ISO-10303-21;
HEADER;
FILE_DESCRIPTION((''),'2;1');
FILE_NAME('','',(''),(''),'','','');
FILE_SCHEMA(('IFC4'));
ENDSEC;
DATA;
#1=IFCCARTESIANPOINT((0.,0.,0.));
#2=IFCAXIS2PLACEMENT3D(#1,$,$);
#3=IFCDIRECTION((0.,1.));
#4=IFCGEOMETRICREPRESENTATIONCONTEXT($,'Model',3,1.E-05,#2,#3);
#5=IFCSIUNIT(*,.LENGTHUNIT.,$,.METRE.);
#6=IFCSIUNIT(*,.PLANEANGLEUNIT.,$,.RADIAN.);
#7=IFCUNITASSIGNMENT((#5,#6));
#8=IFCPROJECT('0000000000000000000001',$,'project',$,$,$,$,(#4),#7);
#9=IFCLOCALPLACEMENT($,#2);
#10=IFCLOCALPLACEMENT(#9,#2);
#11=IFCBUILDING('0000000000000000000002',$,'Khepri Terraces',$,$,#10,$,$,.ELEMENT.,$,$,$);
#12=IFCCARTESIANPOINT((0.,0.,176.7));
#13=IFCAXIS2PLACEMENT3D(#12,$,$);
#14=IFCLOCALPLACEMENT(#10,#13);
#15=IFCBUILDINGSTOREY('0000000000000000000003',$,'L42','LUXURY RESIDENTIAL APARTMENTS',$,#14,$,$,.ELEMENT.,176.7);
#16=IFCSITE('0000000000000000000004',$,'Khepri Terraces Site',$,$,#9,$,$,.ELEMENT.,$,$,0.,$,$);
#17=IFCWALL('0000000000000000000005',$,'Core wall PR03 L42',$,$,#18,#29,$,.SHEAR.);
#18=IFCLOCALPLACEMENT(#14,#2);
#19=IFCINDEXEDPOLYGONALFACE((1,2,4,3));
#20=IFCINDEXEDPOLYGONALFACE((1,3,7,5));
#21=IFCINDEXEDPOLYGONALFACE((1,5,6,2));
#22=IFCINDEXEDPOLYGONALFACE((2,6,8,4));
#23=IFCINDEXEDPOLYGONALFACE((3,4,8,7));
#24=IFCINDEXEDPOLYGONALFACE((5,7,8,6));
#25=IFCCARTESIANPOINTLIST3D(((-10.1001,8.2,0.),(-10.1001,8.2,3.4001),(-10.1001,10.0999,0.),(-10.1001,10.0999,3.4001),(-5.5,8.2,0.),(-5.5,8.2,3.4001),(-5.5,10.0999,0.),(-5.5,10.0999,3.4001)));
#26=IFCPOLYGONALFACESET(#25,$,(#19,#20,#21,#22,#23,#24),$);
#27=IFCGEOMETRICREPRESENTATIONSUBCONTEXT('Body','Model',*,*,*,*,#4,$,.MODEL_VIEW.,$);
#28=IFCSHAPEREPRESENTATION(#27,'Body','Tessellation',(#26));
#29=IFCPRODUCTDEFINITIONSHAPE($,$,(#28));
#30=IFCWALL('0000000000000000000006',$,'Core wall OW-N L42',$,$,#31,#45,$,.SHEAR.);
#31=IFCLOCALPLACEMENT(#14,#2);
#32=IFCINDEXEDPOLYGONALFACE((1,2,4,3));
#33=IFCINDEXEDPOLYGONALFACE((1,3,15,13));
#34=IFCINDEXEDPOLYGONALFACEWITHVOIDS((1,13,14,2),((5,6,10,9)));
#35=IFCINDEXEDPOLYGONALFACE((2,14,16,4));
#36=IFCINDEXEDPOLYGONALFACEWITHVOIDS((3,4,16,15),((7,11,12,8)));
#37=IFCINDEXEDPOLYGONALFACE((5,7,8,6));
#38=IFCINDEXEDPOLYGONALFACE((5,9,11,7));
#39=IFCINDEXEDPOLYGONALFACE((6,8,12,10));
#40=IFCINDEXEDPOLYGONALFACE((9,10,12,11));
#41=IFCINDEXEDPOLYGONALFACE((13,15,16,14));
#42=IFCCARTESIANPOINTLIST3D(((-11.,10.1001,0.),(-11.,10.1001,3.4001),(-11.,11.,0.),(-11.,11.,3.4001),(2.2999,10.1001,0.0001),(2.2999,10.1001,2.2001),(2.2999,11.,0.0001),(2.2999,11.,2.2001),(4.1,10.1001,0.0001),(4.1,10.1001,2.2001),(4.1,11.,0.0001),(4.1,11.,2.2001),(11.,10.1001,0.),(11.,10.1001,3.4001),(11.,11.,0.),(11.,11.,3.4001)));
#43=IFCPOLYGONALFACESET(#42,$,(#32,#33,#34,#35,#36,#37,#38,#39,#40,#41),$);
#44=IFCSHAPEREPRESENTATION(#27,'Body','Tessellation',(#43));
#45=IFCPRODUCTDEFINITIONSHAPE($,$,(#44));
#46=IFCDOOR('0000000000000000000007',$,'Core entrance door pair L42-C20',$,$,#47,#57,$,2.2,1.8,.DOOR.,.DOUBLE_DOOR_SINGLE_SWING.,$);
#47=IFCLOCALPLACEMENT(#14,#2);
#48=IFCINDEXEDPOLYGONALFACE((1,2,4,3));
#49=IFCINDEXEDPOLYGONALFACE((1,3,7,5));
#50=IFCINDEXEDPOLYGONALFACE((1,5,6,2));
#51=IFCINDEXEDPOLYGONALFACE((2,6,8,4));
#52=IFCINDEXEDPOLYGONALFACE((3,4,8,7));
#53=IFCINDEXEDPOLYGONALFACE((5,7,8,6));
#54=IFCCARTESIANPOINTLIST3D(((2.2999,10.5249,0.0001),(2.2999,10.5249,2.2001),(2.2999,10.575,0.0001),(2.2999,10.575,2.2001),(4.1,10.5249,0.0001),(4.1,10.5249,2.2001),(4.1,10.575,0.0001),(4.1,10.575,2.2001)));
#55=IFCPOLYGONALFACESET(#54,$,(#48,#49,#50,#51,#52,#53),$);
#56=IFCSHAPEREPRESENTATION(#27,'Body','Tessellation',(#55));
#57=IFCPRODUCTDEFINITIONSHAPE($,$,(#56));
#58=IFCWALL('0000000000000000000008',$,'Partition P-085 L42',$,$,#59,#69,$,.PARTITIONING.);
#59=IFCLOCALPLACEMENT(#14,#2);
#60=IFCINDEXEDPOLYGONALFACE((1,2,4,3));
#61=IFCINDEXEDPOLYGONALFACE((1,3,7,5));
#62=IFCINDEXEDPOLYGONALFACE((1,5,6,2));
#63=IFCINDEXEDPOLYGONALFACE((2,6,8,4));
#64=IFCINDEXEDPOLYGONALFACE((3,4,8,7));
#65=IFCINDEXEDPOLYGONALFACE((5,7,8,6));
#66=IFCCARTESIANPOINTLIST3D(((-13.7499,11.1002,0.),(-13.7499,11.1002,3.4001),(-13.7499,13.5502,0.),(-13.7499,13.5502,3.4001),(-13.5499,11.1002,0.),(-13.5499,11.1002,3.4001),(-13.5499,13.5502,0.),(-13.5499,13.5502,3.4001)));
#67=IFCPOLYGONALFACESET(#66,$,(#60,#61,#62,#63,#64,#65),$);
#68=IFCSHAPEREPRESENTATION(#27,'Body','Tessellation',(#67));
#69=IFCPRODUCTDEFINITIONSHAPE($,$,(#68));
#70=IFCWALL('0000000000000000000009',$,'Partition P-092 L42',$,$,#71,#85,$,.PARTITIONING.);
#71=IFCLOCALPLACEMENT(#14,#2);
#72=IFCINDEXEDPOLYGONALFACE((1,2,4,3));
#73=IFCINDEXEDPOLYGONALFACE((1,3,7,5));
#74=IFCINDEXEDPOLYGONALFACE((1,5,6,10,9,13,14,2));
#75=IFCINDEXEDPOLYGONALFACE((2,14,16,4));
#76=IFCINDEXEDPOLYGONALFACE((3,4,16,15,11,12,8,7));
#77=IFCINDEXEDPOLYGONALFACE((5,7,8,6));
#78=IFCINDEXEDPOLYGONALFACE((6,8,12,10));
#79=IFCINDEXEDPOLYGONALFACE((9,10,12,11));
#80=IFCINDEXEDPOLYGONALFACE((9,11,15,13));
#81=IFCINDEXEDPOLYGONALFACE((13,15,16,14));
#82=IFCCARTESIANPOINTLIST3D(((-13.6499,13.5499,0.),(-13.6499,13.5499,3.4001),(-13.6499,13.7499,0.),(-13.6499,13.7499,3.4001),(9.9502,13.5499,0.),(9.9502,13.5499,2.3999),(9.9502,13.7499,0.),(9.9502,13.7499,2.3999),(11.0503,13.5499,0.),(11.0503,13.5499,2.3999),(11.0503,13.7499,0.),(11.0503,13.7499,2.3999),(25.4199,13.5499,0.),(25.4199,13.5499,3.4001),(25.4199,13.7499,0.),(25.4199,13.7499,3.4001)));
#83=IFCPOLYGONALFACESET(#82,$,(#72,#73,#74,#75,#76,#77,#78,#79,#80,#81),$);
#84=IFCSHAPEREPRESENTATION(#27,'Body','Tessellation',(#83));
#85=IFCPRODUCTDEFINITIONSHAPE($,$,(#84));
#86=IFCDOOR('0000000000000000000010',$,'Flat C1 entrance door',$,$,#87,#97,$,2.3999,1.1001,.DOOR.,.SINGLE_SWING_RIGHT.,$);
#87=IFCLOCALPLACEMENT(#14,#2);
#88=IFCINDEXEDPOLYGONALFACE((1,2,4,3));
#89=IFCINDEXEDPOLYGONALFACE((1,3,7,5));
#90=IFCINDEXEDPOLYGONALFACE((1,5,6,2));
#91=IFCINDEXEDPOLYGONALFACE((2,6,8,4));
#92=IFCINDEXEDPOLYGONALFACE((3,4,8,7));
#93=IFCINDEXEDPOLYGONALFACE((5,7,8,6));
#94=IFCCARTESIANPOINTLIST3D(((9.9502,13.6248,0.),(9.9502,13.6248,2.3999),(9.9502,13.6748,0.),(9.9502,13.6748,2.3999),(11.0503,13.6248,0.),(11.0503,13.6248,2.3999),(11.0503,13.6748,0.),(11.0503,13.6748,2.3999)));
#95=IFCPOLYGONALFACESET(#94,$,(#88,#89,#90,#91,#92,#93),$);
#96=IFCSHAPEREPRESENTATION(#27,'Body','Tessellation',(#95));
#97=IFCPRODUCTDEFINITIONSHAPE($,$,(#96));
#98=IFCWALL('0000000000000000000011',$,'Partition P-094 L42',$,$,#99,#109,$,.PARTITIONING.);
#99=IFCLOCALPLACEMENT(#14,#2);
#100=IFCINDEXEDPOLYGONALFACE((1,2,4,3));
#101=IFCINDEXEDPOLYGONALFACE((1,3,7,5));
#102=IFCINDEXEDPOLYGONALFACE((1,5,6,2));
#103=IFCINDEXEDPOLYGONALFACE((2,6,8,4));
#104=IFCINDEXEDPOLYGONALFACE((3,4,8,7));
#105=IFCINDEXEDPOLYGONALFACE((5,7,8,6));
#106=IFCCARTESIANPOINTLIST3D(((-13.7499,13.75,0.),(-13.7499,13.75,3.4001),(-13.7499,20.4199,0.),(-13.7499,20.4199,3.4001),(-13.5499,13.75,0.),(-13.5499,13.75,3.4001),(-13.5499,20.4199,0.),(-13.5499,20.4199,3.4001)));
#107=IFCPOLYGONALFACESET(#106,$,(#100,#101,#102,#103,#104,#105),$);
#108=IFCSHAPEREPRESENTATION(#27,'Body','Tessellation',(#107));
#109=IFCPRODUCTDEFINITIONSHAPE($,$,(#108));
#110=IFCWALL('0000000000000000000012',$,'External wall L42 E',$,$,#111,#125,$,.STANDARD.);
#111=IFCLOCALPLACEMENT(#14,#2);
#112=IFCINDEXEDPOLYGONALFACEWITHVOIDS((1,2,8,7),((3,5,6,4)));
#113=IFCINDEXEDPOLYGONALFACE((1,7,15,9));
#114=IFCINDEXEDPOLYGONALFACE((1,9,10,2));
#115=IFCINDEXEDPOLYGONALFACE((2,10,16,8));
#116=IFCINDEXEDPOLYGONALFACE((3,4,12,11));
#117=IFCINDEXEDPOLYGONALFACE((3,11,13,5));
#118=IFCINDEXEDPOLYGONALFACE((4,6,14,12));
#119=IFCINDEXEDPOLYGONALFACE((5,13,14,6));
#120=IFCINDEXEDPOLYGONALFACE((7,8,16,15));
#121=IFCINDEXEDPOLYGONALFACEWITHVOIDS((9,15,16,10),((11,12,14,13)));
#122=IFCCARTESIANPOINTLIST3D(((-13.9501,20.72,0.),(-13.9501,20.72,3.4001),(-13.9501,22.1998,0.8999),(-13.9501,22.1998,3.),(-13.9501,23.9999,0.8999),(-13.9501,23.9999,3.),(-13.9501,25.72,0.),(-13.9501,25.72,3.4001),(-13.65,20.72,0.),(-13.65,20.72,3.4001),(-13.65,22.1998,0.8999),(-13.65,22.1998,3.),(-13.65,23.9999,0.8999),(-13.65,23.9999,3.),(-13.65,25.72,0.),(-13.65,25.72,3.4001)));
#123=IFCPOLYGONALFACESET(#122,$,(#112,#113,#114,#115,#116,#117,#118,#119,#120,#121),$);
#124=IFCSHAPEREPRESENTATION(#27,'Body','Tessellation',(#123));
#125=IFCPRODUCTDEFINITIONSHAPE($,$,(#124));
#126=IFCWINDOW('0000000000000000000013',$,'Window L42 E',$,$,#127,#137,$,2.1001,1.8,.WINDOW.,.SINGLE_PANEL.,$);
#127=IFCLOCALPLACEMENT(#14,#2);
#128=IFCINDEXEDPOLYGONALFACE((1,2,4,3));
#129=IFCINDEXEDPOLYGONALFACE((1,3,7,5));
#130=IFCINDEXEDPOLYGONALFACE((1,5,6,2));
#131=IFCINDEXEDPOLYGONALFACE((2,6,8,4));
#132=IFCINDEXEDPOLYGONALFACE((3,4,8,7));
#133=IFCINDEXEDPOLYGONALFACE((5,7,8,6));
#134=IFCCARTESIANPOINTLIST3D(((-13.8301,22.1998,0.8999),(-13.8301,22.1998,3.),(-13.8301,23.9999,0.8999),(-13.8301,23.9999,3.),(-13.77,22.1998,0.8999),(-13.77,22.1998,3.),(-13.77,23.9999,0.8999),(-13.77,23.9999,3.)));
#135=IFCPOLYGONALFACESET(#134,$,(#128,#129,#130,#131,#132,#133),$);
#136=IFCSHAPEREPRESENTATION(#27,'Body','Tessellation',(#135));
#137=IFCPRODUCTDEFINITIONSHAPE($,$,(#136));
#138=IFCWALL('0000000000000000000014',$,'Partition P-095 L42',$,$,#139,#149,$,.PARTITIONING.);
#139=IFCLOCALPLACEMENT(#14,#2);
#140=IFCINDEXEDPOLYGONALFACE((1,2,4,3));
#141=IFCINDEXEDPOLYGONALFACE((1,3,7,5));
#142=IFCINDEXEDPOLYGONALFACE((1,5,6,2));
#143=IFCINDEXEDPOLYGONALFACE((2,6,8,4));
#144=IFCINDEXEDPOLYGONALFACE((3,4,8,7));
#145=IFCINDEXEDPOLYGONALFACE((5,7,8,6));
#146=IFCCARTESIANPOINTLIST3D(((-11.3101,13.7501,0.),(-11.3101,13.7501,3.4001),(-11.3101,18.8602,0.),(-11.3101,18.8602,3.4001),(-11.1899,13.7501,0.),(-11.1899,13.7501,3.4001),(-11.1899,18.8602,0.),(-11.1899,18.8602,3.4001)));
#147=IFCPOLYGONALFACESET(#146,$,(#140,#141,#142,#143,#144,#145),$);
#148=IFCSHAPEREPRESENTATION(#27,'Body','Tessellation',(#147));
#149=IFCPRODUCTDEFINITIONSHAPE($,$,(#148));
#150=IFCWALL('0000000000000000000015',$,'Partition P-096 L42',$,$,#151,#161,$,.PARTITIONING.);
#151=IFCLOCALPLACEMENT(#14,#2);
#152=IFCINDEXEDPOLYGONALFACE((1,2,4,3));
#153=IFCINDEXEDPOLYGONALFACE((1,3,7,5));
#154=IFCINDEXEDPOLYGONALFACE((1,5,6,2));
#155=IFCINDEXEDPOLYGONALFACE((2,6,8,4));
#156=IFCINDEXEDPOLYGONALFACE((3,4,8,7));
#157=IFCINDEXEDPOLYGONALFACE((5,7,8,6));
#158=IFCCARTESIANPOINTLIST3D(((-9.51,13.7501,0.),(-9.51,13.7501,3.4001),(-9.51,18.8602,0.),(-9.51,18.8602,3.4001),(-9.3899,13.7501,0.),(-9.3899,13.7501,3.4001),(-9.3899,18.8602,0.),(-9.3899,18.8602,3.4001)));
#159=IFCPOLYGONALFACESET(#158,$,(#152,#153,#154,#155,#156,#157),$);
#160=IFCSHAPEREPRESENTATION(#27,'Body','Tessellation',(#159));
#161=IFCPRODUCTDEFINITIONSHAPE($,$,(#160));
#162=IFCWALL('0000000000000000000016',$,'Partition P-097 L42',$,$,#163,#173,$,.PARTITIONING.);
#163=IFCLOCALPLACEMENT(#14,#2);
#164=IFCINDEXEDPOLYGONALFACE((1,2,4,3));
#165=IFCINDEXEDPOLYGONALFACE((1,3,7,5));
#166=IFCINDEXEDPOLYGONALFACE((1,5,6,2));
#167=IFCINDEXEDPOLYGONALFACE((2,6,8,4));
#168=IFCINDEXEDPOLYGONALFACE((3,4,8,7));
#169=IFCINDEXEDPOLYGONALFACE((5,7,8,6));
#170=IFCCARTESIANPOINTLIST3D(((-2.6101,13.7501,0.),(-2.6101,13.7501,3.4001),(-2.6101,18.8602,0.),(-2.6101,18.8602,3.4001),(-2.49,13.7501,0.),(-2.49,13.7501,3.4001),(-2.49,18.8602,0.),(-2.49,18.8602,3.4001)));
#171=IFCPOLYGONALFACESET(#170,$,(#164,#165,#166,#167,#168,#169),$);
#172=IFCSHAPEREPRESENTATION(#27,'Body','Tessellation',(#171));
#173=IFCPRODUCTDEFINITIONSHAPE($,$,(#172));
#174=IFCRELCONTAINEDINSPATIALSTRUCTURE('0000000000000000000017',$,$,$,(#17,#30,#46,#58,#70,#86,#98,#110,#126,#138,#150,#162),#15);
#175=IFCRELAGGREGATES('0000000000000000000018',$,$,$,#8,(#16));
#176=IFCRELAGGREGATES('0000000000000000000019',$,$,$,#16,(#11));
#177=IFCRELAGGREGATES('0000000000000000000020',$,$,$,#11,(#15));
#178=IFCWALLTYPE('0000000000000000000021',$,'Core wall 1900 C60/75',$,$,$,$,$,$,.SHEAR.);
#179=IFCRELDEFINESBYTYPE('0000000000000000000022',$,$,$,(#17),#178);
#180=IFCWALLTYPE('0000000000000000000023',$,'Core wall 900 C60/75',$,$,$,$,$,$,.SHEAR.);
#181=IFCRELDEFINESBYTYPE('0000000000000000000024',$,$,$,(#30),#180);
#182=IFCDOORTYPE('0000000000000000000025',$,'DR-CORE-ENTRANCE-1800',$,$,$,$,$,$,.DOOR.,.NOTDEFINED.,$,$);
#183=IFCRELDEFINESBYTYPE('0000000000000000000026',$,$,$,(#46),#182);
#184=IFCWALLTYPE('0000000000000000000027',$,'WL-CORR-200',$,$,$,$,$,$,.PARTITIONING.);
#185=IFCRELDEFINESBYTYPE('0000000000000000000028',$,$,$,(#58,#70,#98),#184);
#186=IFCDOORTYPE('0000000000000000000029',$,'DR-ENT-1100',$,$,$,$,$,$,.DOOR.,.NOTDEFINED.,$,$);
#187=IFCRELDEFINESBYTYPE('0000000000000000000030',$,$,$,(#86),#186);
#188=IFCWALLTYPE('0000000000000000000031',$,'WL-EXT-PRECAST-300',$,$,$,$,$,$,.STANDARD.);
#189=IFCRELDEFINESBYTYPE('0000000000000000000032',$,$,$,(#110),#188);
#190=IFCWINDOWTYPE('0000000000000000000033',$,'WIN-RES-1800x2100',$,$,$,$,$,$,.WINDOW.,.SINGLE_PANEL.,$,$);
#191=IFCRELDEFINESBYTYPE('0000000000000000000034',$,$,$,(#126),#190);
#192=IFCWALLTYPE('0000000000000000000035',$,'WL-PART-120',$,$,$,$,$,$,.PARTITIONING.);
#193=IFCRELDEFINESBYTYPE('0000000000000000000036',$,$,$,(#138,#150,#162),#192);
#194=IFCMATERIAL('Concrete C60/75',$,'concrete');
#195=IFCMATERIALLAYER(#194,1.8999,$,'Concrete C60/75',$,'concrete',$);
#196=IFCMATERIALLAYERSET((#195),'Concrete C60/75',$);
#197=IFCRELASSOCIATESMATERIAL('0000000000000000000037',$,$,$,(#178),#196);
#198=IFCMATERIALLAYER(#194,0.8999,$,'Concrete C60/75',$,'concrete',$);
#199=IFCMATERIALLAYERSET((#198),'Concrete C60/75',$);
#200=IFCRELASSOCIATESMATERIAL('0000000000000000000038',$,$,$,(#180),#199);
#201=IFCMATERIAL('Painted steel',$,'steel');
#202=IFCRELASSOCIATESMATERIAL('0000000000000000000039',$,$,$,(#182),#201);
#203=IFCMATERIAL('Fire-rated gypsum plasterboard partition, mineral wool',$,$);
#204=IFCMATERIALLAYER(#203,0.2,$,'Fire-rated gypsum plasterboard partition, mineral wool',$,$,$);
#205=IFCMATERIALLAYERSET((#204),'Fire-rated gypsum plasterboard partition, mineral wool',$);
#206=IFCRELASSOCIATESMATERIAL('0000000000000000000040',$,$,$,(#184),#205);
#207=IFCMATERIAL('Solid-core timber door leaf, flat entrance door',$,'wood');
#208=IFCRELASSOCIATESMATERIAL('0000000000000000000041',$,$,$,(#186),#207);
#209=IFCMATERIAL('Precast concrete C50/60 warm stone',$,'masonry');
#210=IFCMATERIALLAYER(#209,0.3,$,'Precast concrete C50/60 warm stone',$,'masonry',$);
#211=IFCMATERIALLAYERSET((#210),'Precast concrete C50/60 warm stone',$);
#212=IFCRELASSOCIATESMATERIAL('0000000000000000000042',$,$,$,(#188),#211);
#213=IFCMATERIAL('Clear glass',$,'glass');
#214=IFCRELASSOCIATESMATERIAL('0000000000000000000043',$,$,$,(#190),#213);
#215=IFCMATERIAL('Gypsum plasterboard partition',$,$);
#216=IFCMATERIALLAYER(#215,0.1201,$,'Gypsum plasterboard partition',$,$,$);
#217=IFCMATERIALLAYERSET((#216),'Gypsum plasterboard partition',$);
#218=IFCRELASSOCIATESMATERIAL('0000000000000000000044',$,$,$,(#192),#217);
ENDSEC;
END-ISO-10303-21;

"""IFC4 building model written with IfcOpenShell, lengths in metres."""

from ifc_helpers import new_model, si_unit, direction, frame, frame_2d, origin, place, context, subcontext, project, spatial, rectangle, extrude, material, layer, layer_set, type_object, element, fill, save


model = new_model("IFC4")

# Units and contexts
model_context = context("Model", 3, precision=1e-05, world=origin(), true_north=direction((0.0, 1.0)))
body_context = subcontext(model_context, "Body", "Model", "MODEL_VIEW")
ifc_project = project(units=[si_unit("LENGTHUNIT", "METRE"), si_unit("PLANEANGLEUNIT", "RADIAN")], contexts=[model_context])

# Site, building, storey
site_placement = place(None, origin())
site = spatial("IfcSite", under=ifc_project, at=site_placement, Name="Khepri Terraces Site", CompositionType="ELEMENT", RefElevation=0.0)
building_placement = place(site_placement, origin())
building = spatial("IfcBuilding", under=site, at=building_placement, Name="Khepri Terraces", CompositionType="ELEMENT")
storey_placement = place(building_placement, frame((0.0, 0.0, 176.7)))
storey = spatial("IfcBuildingStorey", under=building, at=storey_placement, Name="L42", Description="LUXURY RESIDENTIAL APARTMENTS", CompositionType="ELEMENT", Elevation=176.7)

# Wall
ifc_material_1 = material(Name="Concrete C60/75", Category="concrete")
ifc_layer_1 = layer(ifc_material_1, 1.8999, Name="Concrete C60/75", Category="concrete")
ifc_layer_set_1 = layer_set([ifc_layer_1], Name="Concrete C60/75")
wall_type_1 = type_object("IfcWallType", Name="Core wall 1900 C60/75", PredefinedType="SHEAR", material=ifc_layer_set_1)
wall_1_placement = place(storey_placement, frame((-10.1001, 9.1499, 0.0), z_axis=(0.0, 0.0, 1.0), x_axis=(1.0, 0.0, 0.0)))
element("IfcWall", 1, at=wall_1_placement, inside=storey, type_object=wall_type_1, Name="Core wall PR03 L42", PredefinedType="SHEAR", context=body_context, shape_type="SweptSolid", body=[
    extrude(rectangle(XDim=4.6001, YDim=1.8999, at=frame_2d((2.3, 0.0))), origin(), (0.0, 0.0, 1.0), 3.4001),
])

# Wall, opening, door
ifc_layer_2 = layer(ifc_material_1, 0.8999, Name="Concrete C60/75", Category="concrete")
ifc_layer_set_2 = layer_set([ifc_layer_2], Name="Concrete C60/75")
wall_type_2 = type_object("IfcWallType", Name="Core wall 900 C60/75", PredefinedType="SHEAR", material=ifc_layer_set_2)
wall_2_placement = place(storey_placement, frame((-11.0, 10.55, 0.0), z_axis=(0.0, 0.0, 1.0), x_axis=(1.0, 0.0, 0.0)))
wall_2 = element("IfcWall", 2, at=wall_2_placement, inside=storey, type_object=wall_type_2, Name="Core wall OW-N L42", PredefinedType="SHEAR", context=body_context, shape_type="SweptSolid", body=[
    extrude(rectangle(XDim=22.0, YDim=0.8999, at=frame_2d((11.0, 0.0))), origin(), (0.0, 0.0, 1.0), 3.4001),
])
opening_1_placement = place(wall_2_placement, frame((13.3, 0.0, 0.0)))
opening_1 = element("IfcOpeningElement", 3, at=opening_1_placement, cuts=wall_2, PredefinedType="OPENING", context=body_context, shape_type="SweptSolid", body=[
    extrude(rectangle(XDim=1.8, YDim=2.2, at=frame_2d((0.8999, 1.1001))), frame((0.0, 0.46, 0.0), z_axis=(0.0, -1.0, 0.0), x_axis=(1.0, 0.0, 0.0)), (0.0, 0.0, 1.0), 0.9199),
])
ifc_material_2 = material(Name="Painted steel", Category="steel")
door_type_1 = type_object("IfcDoorType", Name="DR-CORE-ENTRANCE-1800", OperationType="NOTDEFINED", PredefinedType="DOOR", material=ifc_material_2)
door_1_placement = place(opening_1_placement, origin())
door_1 = element("IfcDoor", 4, at=door_1_placement, inside=storey, type_object=door_type_1, Name="Core entrance door pair L42-C20", OperationType="DOUBLE_DOOR_SINGLE_SWING", OverallHeight=2.2, OverallWidth=1.8, PredefinedType="DOOR", context=body_context, shape_type="SweptSolid", body=[
    extrude(rectangle(XDim=1.8, YDim=2.2, at=frame_2d((0.8999, 1.1001))), frame((0.0, 0.0249, 0.0), z_axis=(0.0, -1.0, 0.0), x_axis=(1.0, 0.0, 0.0)), (0.0, 0.0, 1.0), 0.05),
])
fill(opening_1, door_1)
ifc_material_3 = material(Name="Fire-rated gypsum plasterboard partition, mineral wool")
ifc_layer_3 = layer(ifc_material_3, 0.2, Name="Fire-rated gypsum plasterboard partition, mineral wool")
ifc_layer_set_3 = layer_set([ifc_layer_3], Name="Fire-rated gypsum plasterboard partition, mineral wool")
wall_type_3 = type_object("IfcWallType", Name="WL-CORR-200", PredefinedType="PARTITIONING", material=ifc_layer_set_3)
ifc_material_4 = material(Name="Solid-core timber door leaf, flat entrance door", Category="wood")
door_type_2 = type_object("IfcDoorType", Name="DR-ENT-1100", OperationType="NOTDEFINED", PredefinedType="DOOR", material=ifc_material_4)

# Wall
wall_3_placement = place(storey_placement, frame((-13.6499, 11.1001, 0.0), z_axis=(0.0, 0.0, 1.0), x_axis=(0.0, 1.0, 0.0)))
element("IfcWall", 5, at=wall_3_placement, inside=storey, type_object=wall_type_3, Name="Partition P-085 L42", PredefinedType="PARTITIONING", context=body_context, shape_type="SweptSolid", body=[
    extrude(rectangle(XDim=2.45, YDim=0.2, at=frame_2d((1.2251, 0.0))), origin(), (0.0, 0.0, 1.0), 3.4001),
])

# Wall, opening, door
wall_4_placement = place(storey_placement, frame((-13.6499, 13.6499, 0.0), z_axis=(0.0, 0.0, 1.0), x_axis=(1.0, 0.0, 0.0)))
wall_4 = element("IfcWall", 6, at=wall_4_placement, inside=storey, type_object=wall_type_3, Name="Partition P-092 L42", PredefinedType="PARTITIONING", context=body_context, shape_type="SweptSolid", body=[
    extrude(rectangle(XDim=39.0698, YDim=0.2, at=frame_2d((19.5349, 0.0))), origin(), (0.0, 0.0, 1.0), 3.4001),
])
opening_2_placement = place(wall_4_placement, frame((23.6001, 0.0, 0.0)))
opening_2 = element("IfcOpeningElement", 7, at=opening_2_placement, cuts=wall_4, PredefinedType="OPENING", context=body_context, shape_type="SweptSolid", body=[
    extrude(rectangle(XDim=1.1001, YDim=2.3999, at=frame_2d((0.55, 1.2))), frame((0.0, 0.1099, 0.0), z_axis=(0.0, -1.0, 0.0), x_axis=(1.0, 0.0, 0.0)), (0.0, 0.0, 1.0), 0.22),
])
door_2_placement = place(opening_2_placement, origin())
door_2 = element("IfcDoor", 8, at=door_2_placement, inside=storey, type_object=door_type_2, Name="Flat C1 entrance door", OperationType="SINGLE_SWING_RIGHT", OverallHeight=2.3999, OverallWidth=1.1001, PredefinedType="DOOR", context=body_context, shape_type="SweptSolid", body=[
    extrude(rectangle(XDim=1.1001, YDim=2.3999, at=frame_2d((0.55, 1.2))), frame((0.0, 0.0249, 0.0), z_axis=(0.0, -1.0, 0.0), x_axis=(1.0, 0.0, 0.0)), (0.0, 0.0, 1.0), 0.05),
])
fill(opening_2, door_2)

# Wall
wall_5_placement = place(storey_placement, frame((-13.6499, 13.75, 0.0), z_axis=(0.0, 0.0, 1.0), x_axis=(0.0, 1.0, 0.0)))
element("IfcWall", 9, at=wall_5_placement, inside=storey, type_object=wall_type_3, Name="Partition P-094 L42", PredefinedType="PARTITIONING", context=body_context, shape_type="SweptSolid", body=[
    extrude(rectangle(XDim=6.6699, YDim=0.2, at=frame_2d((3.335, 0.0))), origin(), (0.0, 0.0, 1.0), 3.4001),
])

# Wall, opening, window
ifc_material_5 = material(Name="Precast concrete C50/60 warm stone", Category="masonry")
ifc_layer_4 = layer(ifc_material_5, 0.3, Name="Precast concrete C50/60 warm stone", Category="masonry")
ifc_layer_set_4 = layer_set([ifc_layer_4], Name="Precast concrete C50/60 warm stone")
wall_type_4 = type_object("IfcWallType", Name="WL-EXT-PRECAST-300", PredefinedType="STANDARD", material=ifc_layer_set_4)
wall_6_placement = place(storey_placement, frame((-13.8, 20.72, 0.0), z_axis=(0.0, 0.0, 1.0), x_axis=(0.0, 1.0, 0.0)))
wall_6 = element("IfcWall", 10, at=wall_6_placement, inside=storey, type_object=wall_type_4, Name="External wall L42 E", PredefinedType="STANDARD", context=body_context, shape_type="SweptSolid", body=[
    extrude(rectangle(XDim=5.0, YDim=0.3, at=frame_2d((2.5, 0.0))), origin(), (0.0, 0.0, 1.0), 3.4001),
])
opening_3_placement = place(wall_6_placement, frame((1.48, 0.0, 0.8999)))
opening_3 = element("IfcOpeningElement", 11, at=opening_3_placement, cuts=wall_6, PredefinedType="OPENING", context=body_context, shape_type="SweptSolid", body=[
    extrude(rectangle(XDim=1.8, YDim=2.1001, at=frame_2d((0.8999, 1.05))), frame((0.0, 0.1602, 0.0), z_axis=(0.0, -1.0, 0.0), x_axis=(1.0, 0.0, 0.0)), (0.0, 0.0, 1.0), 0.3201),
])
ifc_material_6 = material(Name="Clear glass", Category="glass")
window_type = type_object("IfcWindowType", Name="WIN-RES-1800x2100", PartitioningType="SINGLE_PANEL", PredefinedType="WINDOW", material=ifc_material_6)
window_placement = place(opening_3_placement, origin())
window = element("IfcWindow", 12, at=window_placement, inside=storey, type_object=window_type, Name="Window L42 E", OverallHeight=2.1001, OverallWidth=1.8, PartitioningType="SINGLE_PANEL", PredefinedType="WINDOW", context=body_context, shape_type="SweptSolid", body=[
    extrude(rectangle(XDim=1.8, YDim=2.1001, at=frame_2d((0.8999, 1.05))), frame((0.0, 0.03, 0.0), z_axis=(0.0, -1.0, 0.0), x_axis=(1.0, 0.0, 0.0)), (0.0, 0.0, 1.0), 0.0601),
])
fill(opening_3, window)

# Walls
ifc_material_7 = material(Name="Gypsum plasterboard partition")
ifc_layer_5 = layer(ifc_material_7, 0.1201, Name="Gypsum plasterboard partition")
ifc_layer_set_5 = layer_set([ifc_layer_5], Name="Gypsum plasterboard partition")
wall_type_5 = type_object("IfcWallType", Name="WL-PART-120", PredefinedType="PARTITIONING", material=ifc_layer_set_5)
for number, where, z_axis, x_axis, name in (
    (13, (-11.25, 13.75, 0.0), (0.0, 0.0, 1.0), (0.0, 1.0, 0.0), "Partition P-095 L42"),
    (14, (-9.45, 13.75, 0.0), (0.0, 0.0, 1.0), (0.0, 1.0, 0.0), "Partition P-096 L42"),
    (15, (-2.55, 13.75, 0.0), (0.0, 0.0, 1.0), (0.0, 1.0, 0.0), "Partition P-097 L42"),
):
    element("IfcWall", number, at=place(storey_placement, frame(where, z_axis=z_axis, x_axis=x_axis)), inside=storey, type_object=wall_type_5, Name=name, PredefinedType="PARTITIONING", context=body_context, shape_type="SweptSolid", body=[
        extrude(rectangle(XDim=5.1101, YDim=0.1201, at=frame_2d((2.5552, 0.0))), origin(), (0.0, 0.0, 1.0), 3.4001),
    ])

save(model, "model.ifc")
